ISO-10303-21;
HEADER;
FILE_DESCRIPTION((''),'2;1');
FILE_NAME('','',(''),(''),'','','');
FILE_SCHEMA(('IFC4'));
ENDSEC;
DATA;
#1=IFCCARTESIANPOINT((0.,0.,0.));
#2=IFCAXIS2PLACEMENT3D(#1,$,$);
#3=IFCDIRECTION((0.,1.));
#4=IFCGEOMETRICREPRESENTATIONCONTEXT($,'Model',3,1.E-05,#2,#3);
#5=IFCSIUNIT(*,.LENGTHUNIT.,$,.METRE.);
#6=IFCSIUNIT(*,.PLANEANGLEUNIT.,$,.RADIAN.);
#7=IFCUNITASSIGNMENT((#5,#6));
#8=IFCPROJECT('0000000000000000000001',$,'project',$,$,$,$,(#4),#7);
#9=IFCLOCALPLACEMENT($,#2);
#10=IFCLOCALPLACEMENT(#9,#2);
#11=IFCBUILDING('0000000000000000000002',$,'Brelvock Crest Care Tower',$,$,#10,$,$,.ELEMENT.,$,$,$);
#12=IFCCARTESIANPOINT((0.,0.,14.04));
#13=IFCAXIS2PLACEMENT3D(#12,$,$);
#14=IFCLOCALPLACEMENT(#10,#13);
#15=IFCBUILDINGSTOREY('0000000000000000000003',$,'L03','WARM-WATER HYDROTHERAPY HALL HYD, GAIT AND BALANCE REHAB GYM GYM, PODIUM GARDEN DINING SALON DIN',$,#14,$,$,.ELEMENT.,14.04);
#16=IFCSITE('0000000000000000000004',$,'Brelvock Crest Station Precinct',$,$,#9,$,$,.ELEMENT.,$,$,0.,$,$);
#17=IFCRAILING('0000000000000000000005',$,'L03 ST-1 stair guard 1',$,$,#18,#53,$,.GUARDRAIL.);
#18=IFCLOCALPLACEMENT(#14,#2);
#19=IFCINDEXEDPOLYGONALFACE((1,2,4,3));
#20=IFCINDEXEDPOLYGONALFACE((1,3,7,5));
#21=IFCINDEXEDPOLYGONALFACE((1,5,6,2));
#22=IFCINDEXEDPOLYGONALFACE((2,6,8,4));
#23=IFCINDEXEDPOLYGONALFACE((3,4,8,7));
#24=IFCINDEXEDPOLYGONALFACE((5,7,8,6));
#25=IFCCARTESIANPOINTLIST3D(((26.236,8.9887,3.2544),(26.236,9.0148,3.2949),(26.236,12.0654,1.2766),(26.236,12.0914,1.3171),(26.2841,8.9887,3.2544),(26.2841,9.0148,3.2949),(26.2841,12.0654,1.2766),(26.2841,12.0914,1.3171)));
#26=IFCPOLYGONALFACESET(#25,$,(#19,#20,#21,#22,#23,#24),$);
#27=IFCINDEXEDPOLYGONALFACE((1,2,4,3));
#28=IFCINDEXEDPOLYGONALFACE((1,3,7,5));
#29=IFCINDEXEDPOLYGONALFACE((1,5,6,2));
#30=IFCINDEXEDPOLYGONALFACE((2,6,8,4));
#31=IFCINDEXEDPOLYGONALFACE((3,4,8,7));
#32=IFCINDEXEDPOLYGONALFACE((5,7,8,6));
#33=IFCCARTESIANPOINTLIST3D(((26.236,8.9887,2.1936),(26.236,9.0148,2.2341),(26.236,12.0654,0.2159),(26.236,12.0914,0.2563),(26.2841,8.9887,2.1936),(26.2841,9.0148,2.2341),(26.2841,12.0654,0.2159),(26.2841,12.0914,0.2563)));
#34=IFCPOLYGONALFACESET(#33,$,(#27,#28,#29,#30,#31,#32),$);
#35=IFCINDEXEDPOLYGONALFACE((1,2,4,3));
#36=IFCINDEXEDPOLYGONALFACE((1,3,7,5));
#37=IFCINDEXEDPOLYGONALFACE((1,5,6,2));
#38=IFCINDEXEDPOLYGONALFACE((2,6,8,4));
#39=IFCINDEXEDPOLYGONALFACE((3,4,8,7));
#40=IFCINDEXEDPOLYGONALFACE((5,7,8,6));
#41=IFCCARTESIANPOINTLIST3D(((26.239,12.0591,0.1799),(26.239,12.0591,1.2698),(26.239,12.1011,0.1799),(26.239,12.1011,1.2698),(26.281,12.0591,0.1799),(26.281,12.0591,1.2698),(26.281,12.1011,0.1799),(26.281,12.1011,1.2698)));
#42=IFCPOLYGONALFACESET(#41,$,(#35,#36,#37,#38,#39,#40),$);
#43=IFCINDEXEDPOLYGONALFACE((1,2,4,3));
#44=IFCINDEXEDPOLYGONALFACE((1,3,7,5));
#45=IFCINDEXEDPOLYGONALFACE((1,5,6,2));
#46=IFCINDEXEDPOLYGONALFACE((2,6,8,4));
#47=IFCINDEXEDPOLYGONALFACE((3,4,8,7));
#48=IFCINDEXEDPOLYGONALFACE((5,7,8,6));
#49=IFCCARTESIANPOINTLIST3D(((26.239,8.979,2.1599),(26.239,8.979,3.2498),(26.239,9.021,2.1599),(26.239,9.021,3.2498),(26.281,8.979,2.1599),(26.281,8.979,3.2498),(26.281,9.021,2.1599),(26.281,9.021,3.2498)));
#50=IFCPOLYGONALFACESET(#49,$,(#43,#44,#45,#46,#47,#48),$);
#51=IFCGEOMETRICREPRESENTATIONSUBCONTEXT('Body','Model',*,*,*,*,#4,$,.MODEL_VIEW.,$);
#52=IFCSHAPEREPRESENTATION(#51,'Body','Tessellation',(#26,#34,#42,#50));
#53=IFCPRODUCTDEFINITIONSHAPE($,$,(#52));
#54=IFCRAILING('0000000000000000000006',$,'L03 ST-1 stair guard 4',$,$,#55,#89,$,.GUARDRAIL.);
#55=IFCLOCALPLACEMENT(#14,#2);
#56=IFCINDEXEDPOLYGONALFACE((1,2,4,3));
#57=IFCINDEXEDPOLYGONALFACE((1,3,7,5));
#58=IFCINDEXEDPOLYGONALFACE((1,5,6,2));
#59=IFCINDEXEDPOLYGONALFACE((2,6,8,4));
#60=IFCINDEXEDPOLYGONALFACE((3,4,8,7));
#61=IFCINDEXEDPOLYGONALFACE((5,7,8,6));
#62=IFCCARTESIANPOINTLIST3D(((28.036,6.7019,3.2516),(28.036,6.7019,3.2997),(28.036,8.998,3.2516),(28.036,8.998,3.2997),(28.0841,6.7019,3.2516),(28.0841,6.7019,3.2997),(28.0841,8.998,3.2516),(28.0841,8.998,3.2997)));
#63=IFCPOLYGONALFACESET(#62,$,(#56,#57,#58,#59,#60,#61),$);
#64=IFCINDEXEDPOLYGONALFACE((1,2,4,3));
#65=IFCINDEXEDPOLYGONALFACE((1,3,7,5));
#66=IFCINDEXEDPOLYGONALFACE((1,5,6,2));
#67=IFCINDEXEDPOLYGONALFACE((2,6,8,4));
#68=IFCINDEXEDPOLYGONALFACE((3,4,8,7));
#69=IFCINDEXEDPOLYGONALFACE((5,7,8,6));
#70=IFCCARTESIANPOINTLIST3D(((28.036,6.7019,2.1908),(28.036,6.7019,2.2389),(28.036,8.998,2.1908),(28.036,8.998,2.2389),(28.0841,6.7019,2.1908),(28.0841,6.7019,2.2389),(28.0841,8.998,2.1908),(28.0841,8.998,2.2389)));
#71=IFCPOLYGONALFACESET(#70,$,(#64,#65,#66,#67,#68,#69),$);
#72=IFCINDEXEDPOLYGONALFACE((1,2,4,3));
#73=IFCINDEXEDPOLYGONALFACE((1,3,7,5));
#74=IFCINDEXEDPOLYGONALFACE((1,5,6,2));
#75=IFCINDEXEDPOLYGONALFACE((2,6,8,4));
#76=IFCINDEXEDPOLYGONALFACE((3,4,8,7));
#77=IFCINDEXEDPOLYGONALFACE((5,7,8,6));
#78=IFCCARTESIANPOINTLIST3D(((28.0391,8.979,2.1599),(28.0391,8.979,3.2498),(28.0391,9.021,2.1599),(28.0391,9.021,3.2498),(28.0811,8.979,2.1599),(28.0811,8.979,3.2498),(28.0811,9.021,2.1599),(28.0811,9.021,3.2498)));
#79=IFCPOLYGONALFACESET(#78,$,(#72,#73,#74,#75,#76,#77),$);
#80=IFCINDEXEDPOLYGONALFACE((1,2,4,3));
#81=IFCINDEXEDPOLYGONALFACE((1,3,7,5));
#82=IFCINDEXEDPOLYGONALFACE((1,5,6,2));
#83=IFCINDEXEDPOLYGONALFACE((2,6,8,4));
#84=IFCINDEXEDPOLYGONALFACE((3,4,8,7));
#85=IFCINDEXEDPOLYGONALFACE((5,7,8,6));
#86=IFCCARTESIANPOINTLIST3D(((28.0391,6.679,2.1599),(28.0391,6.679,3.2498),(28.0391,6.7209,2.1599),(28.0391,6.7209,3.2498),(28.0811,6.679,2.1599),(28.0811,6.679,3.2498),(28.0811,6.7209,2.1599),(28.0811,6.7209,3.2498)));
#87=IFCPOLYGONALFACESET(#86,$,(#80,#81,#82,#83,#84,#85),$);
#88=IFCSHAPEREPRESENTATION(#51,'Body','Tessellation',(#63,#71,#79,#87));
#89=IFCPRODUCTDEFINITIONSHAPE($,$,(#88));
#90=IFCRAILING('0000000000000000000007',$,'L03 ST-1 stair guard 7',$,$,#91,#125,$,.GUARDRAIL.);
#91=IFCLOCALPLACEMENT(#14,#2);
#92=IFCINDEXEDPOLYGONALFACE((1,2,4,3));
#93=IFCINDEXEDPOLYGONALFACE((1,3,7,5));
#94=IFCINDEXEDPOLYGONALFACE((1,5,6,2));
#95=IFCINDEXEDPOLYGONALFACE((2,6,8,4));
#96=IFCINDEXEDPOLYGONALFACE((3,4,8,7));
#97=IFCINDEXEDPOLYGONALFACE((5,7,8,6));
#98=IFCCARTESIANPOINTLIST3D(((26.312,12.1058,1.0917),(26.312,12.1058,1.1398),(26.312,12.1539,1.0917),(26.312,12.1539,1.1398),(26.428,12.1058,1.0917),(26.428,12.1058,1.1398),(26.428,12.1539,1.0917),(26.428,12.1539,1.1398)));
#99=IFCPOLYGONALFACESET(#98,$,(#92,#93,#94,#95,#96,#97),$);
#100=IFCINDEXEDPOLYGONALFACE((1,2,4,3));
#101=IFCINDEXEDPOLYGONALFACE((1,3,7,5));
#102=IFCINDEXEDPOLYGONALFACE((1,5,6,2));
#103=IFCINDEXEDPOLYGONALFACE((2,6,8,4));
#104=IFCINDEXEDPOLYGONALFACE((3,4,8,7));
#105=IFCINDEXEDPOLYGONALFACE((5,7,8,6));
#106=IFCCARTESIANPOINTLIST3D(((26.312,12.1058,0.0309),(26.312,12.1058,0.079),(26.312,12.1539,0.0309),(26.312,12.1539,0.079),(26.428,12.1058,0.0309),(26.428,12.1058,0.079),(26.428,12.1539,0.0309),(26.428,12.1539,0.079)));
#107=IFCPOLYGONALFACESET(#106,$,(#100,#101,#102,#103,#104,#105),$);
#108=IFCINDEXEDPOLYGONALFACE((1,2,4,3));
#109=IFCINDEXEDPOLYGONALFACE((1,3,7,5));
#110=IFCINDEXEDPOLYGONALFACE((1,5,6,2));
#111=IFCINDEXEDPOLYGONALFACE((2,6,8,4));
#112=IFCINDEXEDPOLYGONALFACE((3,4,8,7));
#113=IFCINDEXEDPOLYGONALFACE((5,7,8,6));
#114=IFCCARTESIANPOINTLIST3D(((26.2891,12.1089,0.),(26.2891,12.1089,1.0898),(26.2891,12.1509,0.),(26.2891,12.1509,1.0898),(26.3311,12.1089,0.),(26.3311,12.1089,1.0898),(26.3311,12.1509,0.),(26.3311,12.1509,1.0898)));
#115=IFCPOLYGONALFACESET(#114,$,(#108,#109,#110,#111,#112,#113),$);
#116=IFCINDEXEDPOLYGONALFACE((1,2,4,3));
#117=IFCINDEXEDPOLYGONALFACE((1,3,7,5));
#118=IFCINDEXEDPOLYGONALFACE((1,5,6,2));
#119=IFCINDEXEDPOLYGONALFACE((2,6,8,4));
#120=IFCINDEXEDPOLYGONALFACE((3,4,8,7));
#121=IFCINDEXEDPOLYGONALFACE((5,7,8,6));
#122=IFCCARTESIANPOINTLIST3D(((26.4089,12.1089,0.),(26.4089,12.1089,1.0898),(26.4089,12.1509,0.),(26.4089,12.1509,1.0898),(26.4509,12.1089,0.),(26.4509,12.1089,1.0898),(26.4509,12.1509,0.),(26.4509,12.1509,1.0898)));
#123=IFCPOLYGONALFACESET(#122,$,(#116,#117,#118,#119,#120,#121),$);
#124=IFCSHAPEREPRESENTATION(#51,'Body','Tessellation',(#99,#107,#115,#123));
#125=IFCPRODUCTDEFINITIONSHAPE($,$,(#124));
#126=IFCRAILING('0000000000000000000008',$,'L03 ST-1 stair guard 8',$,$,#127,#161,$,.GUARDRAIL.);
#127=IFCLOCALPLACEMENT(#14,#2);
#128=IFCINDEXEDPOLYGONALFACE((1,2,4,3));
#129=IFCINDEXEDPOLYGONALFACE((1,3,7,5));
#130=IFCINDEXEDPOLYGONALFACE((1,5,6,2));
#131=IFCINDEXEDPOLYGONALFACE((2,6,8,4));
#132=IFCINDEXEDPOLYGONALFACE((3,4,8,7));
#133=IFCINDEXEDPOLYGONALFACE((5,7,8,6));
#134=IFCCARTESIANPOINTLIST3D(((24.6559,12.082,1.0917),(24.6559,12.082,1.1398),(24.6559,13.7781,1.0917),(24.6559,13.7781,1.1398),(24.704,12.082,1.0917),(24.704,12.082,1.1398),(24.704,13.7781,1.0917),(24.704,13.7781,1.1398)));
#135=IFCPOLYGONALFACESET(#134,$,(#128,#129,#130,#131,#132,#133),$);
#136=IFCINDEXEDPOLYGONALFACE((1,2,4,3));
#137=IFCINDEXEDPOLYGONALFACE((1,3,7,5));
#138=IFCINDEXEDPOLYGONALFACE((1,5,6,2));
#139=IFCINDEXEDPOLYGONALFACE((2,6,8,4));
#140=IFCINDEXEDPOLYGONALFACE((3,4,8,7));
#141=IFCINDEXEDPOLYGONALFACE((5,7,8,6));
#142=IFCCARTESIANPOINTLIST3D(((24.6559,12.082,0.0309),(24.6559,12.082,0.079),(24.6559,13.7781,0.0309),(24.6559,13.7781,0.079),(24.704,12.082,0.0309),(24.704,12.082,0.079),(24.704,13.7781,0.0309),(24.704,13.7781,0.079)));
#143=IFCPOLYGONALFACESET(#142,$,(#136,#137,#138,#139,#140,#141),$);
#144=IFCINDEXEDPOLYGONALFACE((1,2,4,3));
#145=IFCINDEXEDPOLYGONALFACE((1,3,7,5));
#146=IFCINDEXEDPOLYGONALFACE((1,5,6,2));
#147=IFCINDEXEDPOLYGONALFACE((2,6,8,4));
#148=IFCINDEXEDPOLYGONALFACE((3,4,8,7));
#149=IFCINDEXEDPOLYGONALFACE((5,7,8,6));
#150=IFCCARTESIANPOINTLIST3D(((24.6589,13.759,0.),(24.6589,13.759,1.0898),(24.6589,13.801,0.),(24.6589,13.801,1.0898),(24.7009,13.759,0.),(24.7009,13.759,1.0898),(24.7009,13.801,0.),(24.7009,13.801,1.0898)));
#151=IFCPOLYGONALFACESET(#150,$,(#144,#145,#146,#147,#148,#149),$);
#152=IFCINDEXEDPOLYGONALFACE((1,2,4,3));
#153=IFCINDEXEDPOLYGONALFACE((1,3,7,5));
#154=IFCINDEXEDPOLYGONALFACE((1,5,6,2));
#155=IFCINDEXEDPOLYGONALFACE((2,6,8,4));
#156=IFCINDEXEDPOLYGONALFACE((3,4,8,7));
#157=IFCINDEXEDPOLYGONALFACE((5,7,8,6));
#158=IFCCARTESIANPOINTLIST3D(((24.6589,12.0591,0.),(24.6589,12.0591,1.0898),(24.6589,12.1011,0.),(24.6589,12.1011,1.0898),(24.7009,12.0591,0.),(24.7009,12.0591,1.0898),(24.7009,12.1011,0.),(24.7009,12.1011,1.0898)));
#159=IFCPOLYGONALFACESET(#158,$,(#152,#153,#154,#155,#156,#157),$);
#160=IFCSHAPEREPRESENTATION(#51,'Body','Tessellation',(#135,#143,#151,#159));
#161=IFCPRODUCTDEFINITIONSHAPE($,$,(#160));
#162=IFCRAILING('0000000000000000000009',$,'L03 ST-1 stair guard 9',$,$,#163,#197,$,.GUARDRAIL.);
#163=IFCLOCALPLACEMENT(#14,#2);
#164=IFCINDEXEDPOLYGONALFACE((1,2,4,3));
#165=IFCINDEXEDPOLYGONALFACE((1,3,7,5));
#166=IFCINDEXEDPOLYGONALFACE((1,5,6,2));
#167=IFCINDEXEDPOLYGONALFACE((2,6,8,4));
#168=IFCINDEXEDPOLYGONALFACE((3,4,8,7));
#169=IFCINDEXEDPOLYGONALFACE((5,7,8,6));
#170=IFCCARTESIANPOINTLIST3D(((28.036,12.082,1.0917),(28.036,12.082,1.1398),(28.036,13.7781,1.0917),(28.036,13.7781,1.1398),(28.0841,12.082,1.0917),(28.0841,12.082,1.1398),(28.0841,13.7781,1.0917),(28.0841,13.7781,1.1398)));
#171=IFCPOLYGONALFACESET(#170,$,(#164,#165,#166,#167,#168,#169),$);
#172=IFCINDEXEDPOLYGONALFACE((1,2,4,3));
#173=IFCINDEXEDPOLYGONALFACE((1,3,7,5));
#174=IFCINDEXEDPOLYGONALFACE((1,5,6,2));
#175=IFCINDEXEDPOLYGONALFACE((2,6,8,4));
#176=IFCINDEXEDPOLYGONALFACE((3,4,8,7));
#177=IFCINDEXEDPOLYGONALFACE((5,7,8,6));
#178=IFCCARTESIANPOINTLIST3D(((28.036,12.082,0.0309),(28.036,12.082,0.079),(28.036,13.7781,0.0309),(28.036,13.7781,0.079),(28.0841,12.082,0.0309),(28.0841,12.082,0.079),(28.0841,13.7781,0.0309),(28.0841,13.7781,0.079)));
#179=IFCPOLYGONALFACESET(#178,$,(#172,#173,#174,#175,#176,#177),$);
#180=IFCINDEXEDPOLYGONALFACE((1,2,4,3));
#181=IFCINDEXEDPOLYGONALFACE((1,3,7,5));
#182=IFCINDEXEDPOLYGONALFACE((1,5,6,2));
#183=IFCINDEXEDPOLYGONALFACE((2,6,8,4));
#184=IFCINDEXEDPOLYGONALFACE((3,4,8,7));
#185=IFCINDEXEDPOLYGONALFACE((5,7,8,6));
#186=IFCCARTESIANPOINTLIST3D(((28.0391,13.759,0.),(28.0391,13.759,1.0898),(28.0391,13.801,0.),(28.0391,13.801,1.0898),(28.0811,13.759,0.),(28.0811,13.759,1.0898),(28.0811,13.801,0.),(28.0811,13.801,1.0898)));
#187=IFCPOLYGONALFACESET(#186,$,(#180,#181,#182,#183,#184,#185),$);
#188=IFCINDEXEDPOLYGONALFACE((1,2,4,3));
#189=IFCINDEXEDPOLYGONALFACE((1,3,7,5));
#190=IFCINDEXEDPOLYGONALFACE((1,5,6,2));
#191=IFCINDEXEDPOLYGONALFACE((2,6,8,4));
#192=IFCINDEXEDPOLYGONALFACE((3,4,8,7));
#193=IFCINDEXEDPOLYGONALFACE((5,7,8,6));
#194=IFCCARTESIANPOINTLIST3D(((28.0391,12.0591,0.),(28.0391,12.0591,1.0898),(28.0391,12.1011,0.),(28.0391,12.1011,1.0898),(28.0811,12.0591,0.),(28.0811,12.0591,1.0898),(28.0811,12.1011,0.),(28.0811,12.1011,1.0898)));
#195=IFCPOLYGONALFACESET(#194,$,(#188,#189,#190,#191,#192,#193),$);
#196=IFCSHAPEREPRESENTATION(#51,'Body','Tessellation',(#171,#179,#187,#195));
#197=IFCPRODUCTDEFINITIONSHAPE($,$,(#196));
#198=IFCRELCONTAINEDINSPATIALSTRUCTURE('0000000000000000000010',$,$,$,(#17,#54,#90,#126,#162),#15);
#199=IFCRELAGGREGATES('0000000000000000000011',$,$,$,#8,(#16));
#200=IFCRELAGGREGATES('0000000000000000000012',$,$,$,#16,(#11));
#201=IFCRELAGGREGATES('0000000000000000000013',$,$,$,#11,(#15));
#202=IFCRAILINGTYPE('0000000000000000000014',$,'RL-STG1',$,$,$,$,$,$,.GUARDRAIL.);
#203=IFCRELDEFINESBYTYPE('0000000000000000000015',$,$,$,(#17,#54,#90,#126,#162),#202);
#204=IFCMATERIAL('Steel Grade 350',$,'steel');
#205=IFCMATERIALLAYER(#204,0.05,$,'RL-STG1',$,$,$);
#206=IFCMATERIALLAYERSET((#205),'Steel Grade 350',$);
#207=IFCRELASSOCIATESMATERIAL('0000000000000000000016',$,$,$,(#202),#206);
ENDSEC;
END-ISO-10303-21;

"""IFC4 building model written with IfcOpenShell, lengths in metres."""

from ifc_helpers import new_model, si_unit, direction, frame, origin, origin_2d, place, context, subcontext, project, spatial, rectangle, extrude, material, layer, layer_set, type_object, element, save


model = new_model("IFC4")

# Units and contexts
model_context = context("Model", 3, precision=1e-05, world=origin(), true_north=direction((0.0, 1.0)))
body_context = subcontext(model_context, "Body", "Model", "MODEL_VIEW")
ifc_project = project(units=[si_unit("LENGTHUNIT", "METRE"), si_unit("PLANEANGLEUNIT", "RADIAN")], contexts=[model_context])

# Site, building, storey
site_placement = place(None, origin())
site = spatial("IfcSite", under=ifc_project, at=site_placement, Name="Brelvock Crest Station Precinct", CompositionType="ELEMENT", RefElevation=0.0)
building_placement = place(site_placement, origin())
building = spatial("IfcBuilding", under=site, at=building_placement, Name="Brelvock Crest Care Tower", CompositionType="ELEMENT")
storey_placement = place(building_placement, frame((0.0, 0.0, 14.04)))
storey = spatial("IfcBuildingStorey", under=building, at=storey_placement, Name="L03", Description="WARM-WATER HYDROTHERAPY HALL HYD, GAIT AND BALANCE REHAB GYM GYM, PODIUM GARDEN DINING SALON DIN", CompositionType="ELEMENT", Elevation=14.04)

# Shared definitions
ifc_material_1 = material(Name="Steel Grade 350", Category="steel")

# Railings
ifc_layer_1 = layer(ifc_material_1, 0.05, Name="RL-STG1")
ifc_layer_set_1 = layer_set([ifc_layer_1], Name="Steel Grade 350")
railing_type_1 = type_object("IfcRailingType", Name="RL-STG1", PredefinedType="GUARDRAIL", material=ifc_layer_set_1)
railing_1_placement = place(storey_placement, frame((26.26, 12.0801, 0.1799)))
element("IfcRailing", 1, at=railing_1_placement, inside=storey, type_object=railing_type_1, Name="L03 ST-1 stair guard 1", PredefinedType="GUARDRAIL", context=body_context, shape_type="SweptSolid", body=[
    extrude(rectangle(XDim=0.0481, YDim=0.0481, at=origin_2d()), frame((0.0, -0.0017, 1.1169), z_axis=(0.0, -0.841187, 0.540744), x_axis=(1.0, 0.0, 0.0)), (0.0, 0.0, 1.0), 3.6575),
    extrude(rectangle(XDim=0.0481, YDim=0.0481, at=origin_2d()), frame((0.0, -0.0017, 0.0562), z_axis=(0.0, -0.841187, 0.540744), x_axis=(1.0, 0.0, 0.0)), (0.0, 0.0, 1.0), 3.6575),
    extrude(rectangle(XDim=0.042, YDim=0.042, at=origin_2d()), origin(), (0.0, 0.0, 1.0), 1.0898),
    extrude(rectangle(XDim=0.042, YDim=0.042, at=origin_2d()), frame((0.0, -3.0801, 1.98)), (0.0, 0.0, 1.0), 1.0898),
])
railing_2_placement = place(storey_placement, frame((28.0601, 9.0, 2.1599)))
element("IfcRailing", 2, at=railing_2_placement, inside=storey, type_object=railing_type_1, Name="L03 ST-1 stair guard 4", PredefinedType="GUARDRAIL", context=body_context, shape_type="SweptSolid", body=[
    extrude(rectangle(XDim=0.0481, YDim=0.0481, at=origin_2d()), frame((0.0, -0.002, 1.1157), z_axis=(0.0, -1.0, 0.0), x_axis=(1.0, 0.0, 0.0)), (0.0, 0.0, 1.0), 2.2961),
    extrude(rectangle(XDim=0.0481, YDim=0.0481, at=origin_2d()), frame((0.0, -0.002, 0.0549), z_axis=(0.0, -1.0, 0.0), x_axis=(1.0, 0.0, 0.0)), (0.0, 0.0, 1.0), 2.2961),
    extrude(rectangle(XDim=0.042, YDim=0.042, at=origin_2d()), origin(), (0.0, 0.0, 1.0), 1.0898),
    extrude(rectangle(XDim=0.042, YDim=0.042, at=origin_2d()), frame((0.0, -2.3, 0.0)), (0.0, 0.0, 1.0), 1.0898),
])
railing_3_placement = place(storey_placement, frame((26.3101, 12.1299, 0.0)))
element("IfcRailing", 3, at=railing_3_placement, inside=storey, type_object=railing_type_1, Name="L03 ST-1 stair guard 7", PredefinedType="GUARDRAIL", context=body_context, shape_type="SweptSolid", body=[
    extrude(rectangle(XDim=0.0481, YDim=0.0481, at=origin_2d()), frame((0.002, 0.0, 1.1157), z_axis=(1.0, 0.0, 0.0), x_axis=(0.0, 1.0, 0.0)), (0.0, 0.0, 1.0), 0.116),
    extrude(rectangle(XDim=0.0481, YDim=0.0481, at=origin_2d()), frame((0.002, 0.0, 0.0549), z_axis=(1.0, 0.0, 0.0), x_axis=(0.0, 1.0, 0.0)), (0.0, 0.0, 1.0), 0.116),
    extrude(rectangle(XDim=0.042, YDim=0.042, at=origin_2d()), origin(), (0.0, 0.0, 1.0), 1.0898),
    extrude(rectangle(XDim=0.042, YDim=0.042, at=origin_2d()), frame((0.1199, 0.0, 0.0)), (0.0, 0.0, 1.0), 1.0898),
])
for number, where, name in (
    (4, (24.6799, 13.78, 0.0), "L03 ST-1 stair guard 8"),
    (5, (28.0601, 13.78, 0.0), "L03 ST-1 stair guard 9"),
):
    element("IfcRailing", number, at=place(storey_placement, frame(where)), inside=storey, type_object=railing_type_1, Name=name, PredefinedType="GUARDRAIL", context=body_context, shape_type="SweptSolid", body=[
        extrude(rectangle(XDim=0.0481, YDim=0.0481, at=origin_2d()), frame((0.0, -0.002, 1.1157), z_axis=(0.0, -1.0, 0.0), x_axis=(1.0, 0.0, 0.0)), (0.0, 0.0, 1.0), 1.696),
        extrude(rectangle(XDim=0.0481, YDim=0.0481, at=origin_2d()), frame((0.0, -0.002, 0.0549), z_axis=(0.0, -1.0, 0.0), x_axis=(1.0, 0.0, 0.0)), (0.0, 0.0, 1.0), 1.696),
        extrude(rectangle(XDim=0.042, YDim=0.042, at=origin_2d()), origin(), (0.0, 0.0, 1.0), 1.0898),
        extrude(rectangle(XDim=0.042, YDim=0.042, at=origin_2d()), frame((0.0, -1.7, 0.0)), (0.0, 0.0, 1.0), 1.0898),
    ])

save(model, "model.ifc")
